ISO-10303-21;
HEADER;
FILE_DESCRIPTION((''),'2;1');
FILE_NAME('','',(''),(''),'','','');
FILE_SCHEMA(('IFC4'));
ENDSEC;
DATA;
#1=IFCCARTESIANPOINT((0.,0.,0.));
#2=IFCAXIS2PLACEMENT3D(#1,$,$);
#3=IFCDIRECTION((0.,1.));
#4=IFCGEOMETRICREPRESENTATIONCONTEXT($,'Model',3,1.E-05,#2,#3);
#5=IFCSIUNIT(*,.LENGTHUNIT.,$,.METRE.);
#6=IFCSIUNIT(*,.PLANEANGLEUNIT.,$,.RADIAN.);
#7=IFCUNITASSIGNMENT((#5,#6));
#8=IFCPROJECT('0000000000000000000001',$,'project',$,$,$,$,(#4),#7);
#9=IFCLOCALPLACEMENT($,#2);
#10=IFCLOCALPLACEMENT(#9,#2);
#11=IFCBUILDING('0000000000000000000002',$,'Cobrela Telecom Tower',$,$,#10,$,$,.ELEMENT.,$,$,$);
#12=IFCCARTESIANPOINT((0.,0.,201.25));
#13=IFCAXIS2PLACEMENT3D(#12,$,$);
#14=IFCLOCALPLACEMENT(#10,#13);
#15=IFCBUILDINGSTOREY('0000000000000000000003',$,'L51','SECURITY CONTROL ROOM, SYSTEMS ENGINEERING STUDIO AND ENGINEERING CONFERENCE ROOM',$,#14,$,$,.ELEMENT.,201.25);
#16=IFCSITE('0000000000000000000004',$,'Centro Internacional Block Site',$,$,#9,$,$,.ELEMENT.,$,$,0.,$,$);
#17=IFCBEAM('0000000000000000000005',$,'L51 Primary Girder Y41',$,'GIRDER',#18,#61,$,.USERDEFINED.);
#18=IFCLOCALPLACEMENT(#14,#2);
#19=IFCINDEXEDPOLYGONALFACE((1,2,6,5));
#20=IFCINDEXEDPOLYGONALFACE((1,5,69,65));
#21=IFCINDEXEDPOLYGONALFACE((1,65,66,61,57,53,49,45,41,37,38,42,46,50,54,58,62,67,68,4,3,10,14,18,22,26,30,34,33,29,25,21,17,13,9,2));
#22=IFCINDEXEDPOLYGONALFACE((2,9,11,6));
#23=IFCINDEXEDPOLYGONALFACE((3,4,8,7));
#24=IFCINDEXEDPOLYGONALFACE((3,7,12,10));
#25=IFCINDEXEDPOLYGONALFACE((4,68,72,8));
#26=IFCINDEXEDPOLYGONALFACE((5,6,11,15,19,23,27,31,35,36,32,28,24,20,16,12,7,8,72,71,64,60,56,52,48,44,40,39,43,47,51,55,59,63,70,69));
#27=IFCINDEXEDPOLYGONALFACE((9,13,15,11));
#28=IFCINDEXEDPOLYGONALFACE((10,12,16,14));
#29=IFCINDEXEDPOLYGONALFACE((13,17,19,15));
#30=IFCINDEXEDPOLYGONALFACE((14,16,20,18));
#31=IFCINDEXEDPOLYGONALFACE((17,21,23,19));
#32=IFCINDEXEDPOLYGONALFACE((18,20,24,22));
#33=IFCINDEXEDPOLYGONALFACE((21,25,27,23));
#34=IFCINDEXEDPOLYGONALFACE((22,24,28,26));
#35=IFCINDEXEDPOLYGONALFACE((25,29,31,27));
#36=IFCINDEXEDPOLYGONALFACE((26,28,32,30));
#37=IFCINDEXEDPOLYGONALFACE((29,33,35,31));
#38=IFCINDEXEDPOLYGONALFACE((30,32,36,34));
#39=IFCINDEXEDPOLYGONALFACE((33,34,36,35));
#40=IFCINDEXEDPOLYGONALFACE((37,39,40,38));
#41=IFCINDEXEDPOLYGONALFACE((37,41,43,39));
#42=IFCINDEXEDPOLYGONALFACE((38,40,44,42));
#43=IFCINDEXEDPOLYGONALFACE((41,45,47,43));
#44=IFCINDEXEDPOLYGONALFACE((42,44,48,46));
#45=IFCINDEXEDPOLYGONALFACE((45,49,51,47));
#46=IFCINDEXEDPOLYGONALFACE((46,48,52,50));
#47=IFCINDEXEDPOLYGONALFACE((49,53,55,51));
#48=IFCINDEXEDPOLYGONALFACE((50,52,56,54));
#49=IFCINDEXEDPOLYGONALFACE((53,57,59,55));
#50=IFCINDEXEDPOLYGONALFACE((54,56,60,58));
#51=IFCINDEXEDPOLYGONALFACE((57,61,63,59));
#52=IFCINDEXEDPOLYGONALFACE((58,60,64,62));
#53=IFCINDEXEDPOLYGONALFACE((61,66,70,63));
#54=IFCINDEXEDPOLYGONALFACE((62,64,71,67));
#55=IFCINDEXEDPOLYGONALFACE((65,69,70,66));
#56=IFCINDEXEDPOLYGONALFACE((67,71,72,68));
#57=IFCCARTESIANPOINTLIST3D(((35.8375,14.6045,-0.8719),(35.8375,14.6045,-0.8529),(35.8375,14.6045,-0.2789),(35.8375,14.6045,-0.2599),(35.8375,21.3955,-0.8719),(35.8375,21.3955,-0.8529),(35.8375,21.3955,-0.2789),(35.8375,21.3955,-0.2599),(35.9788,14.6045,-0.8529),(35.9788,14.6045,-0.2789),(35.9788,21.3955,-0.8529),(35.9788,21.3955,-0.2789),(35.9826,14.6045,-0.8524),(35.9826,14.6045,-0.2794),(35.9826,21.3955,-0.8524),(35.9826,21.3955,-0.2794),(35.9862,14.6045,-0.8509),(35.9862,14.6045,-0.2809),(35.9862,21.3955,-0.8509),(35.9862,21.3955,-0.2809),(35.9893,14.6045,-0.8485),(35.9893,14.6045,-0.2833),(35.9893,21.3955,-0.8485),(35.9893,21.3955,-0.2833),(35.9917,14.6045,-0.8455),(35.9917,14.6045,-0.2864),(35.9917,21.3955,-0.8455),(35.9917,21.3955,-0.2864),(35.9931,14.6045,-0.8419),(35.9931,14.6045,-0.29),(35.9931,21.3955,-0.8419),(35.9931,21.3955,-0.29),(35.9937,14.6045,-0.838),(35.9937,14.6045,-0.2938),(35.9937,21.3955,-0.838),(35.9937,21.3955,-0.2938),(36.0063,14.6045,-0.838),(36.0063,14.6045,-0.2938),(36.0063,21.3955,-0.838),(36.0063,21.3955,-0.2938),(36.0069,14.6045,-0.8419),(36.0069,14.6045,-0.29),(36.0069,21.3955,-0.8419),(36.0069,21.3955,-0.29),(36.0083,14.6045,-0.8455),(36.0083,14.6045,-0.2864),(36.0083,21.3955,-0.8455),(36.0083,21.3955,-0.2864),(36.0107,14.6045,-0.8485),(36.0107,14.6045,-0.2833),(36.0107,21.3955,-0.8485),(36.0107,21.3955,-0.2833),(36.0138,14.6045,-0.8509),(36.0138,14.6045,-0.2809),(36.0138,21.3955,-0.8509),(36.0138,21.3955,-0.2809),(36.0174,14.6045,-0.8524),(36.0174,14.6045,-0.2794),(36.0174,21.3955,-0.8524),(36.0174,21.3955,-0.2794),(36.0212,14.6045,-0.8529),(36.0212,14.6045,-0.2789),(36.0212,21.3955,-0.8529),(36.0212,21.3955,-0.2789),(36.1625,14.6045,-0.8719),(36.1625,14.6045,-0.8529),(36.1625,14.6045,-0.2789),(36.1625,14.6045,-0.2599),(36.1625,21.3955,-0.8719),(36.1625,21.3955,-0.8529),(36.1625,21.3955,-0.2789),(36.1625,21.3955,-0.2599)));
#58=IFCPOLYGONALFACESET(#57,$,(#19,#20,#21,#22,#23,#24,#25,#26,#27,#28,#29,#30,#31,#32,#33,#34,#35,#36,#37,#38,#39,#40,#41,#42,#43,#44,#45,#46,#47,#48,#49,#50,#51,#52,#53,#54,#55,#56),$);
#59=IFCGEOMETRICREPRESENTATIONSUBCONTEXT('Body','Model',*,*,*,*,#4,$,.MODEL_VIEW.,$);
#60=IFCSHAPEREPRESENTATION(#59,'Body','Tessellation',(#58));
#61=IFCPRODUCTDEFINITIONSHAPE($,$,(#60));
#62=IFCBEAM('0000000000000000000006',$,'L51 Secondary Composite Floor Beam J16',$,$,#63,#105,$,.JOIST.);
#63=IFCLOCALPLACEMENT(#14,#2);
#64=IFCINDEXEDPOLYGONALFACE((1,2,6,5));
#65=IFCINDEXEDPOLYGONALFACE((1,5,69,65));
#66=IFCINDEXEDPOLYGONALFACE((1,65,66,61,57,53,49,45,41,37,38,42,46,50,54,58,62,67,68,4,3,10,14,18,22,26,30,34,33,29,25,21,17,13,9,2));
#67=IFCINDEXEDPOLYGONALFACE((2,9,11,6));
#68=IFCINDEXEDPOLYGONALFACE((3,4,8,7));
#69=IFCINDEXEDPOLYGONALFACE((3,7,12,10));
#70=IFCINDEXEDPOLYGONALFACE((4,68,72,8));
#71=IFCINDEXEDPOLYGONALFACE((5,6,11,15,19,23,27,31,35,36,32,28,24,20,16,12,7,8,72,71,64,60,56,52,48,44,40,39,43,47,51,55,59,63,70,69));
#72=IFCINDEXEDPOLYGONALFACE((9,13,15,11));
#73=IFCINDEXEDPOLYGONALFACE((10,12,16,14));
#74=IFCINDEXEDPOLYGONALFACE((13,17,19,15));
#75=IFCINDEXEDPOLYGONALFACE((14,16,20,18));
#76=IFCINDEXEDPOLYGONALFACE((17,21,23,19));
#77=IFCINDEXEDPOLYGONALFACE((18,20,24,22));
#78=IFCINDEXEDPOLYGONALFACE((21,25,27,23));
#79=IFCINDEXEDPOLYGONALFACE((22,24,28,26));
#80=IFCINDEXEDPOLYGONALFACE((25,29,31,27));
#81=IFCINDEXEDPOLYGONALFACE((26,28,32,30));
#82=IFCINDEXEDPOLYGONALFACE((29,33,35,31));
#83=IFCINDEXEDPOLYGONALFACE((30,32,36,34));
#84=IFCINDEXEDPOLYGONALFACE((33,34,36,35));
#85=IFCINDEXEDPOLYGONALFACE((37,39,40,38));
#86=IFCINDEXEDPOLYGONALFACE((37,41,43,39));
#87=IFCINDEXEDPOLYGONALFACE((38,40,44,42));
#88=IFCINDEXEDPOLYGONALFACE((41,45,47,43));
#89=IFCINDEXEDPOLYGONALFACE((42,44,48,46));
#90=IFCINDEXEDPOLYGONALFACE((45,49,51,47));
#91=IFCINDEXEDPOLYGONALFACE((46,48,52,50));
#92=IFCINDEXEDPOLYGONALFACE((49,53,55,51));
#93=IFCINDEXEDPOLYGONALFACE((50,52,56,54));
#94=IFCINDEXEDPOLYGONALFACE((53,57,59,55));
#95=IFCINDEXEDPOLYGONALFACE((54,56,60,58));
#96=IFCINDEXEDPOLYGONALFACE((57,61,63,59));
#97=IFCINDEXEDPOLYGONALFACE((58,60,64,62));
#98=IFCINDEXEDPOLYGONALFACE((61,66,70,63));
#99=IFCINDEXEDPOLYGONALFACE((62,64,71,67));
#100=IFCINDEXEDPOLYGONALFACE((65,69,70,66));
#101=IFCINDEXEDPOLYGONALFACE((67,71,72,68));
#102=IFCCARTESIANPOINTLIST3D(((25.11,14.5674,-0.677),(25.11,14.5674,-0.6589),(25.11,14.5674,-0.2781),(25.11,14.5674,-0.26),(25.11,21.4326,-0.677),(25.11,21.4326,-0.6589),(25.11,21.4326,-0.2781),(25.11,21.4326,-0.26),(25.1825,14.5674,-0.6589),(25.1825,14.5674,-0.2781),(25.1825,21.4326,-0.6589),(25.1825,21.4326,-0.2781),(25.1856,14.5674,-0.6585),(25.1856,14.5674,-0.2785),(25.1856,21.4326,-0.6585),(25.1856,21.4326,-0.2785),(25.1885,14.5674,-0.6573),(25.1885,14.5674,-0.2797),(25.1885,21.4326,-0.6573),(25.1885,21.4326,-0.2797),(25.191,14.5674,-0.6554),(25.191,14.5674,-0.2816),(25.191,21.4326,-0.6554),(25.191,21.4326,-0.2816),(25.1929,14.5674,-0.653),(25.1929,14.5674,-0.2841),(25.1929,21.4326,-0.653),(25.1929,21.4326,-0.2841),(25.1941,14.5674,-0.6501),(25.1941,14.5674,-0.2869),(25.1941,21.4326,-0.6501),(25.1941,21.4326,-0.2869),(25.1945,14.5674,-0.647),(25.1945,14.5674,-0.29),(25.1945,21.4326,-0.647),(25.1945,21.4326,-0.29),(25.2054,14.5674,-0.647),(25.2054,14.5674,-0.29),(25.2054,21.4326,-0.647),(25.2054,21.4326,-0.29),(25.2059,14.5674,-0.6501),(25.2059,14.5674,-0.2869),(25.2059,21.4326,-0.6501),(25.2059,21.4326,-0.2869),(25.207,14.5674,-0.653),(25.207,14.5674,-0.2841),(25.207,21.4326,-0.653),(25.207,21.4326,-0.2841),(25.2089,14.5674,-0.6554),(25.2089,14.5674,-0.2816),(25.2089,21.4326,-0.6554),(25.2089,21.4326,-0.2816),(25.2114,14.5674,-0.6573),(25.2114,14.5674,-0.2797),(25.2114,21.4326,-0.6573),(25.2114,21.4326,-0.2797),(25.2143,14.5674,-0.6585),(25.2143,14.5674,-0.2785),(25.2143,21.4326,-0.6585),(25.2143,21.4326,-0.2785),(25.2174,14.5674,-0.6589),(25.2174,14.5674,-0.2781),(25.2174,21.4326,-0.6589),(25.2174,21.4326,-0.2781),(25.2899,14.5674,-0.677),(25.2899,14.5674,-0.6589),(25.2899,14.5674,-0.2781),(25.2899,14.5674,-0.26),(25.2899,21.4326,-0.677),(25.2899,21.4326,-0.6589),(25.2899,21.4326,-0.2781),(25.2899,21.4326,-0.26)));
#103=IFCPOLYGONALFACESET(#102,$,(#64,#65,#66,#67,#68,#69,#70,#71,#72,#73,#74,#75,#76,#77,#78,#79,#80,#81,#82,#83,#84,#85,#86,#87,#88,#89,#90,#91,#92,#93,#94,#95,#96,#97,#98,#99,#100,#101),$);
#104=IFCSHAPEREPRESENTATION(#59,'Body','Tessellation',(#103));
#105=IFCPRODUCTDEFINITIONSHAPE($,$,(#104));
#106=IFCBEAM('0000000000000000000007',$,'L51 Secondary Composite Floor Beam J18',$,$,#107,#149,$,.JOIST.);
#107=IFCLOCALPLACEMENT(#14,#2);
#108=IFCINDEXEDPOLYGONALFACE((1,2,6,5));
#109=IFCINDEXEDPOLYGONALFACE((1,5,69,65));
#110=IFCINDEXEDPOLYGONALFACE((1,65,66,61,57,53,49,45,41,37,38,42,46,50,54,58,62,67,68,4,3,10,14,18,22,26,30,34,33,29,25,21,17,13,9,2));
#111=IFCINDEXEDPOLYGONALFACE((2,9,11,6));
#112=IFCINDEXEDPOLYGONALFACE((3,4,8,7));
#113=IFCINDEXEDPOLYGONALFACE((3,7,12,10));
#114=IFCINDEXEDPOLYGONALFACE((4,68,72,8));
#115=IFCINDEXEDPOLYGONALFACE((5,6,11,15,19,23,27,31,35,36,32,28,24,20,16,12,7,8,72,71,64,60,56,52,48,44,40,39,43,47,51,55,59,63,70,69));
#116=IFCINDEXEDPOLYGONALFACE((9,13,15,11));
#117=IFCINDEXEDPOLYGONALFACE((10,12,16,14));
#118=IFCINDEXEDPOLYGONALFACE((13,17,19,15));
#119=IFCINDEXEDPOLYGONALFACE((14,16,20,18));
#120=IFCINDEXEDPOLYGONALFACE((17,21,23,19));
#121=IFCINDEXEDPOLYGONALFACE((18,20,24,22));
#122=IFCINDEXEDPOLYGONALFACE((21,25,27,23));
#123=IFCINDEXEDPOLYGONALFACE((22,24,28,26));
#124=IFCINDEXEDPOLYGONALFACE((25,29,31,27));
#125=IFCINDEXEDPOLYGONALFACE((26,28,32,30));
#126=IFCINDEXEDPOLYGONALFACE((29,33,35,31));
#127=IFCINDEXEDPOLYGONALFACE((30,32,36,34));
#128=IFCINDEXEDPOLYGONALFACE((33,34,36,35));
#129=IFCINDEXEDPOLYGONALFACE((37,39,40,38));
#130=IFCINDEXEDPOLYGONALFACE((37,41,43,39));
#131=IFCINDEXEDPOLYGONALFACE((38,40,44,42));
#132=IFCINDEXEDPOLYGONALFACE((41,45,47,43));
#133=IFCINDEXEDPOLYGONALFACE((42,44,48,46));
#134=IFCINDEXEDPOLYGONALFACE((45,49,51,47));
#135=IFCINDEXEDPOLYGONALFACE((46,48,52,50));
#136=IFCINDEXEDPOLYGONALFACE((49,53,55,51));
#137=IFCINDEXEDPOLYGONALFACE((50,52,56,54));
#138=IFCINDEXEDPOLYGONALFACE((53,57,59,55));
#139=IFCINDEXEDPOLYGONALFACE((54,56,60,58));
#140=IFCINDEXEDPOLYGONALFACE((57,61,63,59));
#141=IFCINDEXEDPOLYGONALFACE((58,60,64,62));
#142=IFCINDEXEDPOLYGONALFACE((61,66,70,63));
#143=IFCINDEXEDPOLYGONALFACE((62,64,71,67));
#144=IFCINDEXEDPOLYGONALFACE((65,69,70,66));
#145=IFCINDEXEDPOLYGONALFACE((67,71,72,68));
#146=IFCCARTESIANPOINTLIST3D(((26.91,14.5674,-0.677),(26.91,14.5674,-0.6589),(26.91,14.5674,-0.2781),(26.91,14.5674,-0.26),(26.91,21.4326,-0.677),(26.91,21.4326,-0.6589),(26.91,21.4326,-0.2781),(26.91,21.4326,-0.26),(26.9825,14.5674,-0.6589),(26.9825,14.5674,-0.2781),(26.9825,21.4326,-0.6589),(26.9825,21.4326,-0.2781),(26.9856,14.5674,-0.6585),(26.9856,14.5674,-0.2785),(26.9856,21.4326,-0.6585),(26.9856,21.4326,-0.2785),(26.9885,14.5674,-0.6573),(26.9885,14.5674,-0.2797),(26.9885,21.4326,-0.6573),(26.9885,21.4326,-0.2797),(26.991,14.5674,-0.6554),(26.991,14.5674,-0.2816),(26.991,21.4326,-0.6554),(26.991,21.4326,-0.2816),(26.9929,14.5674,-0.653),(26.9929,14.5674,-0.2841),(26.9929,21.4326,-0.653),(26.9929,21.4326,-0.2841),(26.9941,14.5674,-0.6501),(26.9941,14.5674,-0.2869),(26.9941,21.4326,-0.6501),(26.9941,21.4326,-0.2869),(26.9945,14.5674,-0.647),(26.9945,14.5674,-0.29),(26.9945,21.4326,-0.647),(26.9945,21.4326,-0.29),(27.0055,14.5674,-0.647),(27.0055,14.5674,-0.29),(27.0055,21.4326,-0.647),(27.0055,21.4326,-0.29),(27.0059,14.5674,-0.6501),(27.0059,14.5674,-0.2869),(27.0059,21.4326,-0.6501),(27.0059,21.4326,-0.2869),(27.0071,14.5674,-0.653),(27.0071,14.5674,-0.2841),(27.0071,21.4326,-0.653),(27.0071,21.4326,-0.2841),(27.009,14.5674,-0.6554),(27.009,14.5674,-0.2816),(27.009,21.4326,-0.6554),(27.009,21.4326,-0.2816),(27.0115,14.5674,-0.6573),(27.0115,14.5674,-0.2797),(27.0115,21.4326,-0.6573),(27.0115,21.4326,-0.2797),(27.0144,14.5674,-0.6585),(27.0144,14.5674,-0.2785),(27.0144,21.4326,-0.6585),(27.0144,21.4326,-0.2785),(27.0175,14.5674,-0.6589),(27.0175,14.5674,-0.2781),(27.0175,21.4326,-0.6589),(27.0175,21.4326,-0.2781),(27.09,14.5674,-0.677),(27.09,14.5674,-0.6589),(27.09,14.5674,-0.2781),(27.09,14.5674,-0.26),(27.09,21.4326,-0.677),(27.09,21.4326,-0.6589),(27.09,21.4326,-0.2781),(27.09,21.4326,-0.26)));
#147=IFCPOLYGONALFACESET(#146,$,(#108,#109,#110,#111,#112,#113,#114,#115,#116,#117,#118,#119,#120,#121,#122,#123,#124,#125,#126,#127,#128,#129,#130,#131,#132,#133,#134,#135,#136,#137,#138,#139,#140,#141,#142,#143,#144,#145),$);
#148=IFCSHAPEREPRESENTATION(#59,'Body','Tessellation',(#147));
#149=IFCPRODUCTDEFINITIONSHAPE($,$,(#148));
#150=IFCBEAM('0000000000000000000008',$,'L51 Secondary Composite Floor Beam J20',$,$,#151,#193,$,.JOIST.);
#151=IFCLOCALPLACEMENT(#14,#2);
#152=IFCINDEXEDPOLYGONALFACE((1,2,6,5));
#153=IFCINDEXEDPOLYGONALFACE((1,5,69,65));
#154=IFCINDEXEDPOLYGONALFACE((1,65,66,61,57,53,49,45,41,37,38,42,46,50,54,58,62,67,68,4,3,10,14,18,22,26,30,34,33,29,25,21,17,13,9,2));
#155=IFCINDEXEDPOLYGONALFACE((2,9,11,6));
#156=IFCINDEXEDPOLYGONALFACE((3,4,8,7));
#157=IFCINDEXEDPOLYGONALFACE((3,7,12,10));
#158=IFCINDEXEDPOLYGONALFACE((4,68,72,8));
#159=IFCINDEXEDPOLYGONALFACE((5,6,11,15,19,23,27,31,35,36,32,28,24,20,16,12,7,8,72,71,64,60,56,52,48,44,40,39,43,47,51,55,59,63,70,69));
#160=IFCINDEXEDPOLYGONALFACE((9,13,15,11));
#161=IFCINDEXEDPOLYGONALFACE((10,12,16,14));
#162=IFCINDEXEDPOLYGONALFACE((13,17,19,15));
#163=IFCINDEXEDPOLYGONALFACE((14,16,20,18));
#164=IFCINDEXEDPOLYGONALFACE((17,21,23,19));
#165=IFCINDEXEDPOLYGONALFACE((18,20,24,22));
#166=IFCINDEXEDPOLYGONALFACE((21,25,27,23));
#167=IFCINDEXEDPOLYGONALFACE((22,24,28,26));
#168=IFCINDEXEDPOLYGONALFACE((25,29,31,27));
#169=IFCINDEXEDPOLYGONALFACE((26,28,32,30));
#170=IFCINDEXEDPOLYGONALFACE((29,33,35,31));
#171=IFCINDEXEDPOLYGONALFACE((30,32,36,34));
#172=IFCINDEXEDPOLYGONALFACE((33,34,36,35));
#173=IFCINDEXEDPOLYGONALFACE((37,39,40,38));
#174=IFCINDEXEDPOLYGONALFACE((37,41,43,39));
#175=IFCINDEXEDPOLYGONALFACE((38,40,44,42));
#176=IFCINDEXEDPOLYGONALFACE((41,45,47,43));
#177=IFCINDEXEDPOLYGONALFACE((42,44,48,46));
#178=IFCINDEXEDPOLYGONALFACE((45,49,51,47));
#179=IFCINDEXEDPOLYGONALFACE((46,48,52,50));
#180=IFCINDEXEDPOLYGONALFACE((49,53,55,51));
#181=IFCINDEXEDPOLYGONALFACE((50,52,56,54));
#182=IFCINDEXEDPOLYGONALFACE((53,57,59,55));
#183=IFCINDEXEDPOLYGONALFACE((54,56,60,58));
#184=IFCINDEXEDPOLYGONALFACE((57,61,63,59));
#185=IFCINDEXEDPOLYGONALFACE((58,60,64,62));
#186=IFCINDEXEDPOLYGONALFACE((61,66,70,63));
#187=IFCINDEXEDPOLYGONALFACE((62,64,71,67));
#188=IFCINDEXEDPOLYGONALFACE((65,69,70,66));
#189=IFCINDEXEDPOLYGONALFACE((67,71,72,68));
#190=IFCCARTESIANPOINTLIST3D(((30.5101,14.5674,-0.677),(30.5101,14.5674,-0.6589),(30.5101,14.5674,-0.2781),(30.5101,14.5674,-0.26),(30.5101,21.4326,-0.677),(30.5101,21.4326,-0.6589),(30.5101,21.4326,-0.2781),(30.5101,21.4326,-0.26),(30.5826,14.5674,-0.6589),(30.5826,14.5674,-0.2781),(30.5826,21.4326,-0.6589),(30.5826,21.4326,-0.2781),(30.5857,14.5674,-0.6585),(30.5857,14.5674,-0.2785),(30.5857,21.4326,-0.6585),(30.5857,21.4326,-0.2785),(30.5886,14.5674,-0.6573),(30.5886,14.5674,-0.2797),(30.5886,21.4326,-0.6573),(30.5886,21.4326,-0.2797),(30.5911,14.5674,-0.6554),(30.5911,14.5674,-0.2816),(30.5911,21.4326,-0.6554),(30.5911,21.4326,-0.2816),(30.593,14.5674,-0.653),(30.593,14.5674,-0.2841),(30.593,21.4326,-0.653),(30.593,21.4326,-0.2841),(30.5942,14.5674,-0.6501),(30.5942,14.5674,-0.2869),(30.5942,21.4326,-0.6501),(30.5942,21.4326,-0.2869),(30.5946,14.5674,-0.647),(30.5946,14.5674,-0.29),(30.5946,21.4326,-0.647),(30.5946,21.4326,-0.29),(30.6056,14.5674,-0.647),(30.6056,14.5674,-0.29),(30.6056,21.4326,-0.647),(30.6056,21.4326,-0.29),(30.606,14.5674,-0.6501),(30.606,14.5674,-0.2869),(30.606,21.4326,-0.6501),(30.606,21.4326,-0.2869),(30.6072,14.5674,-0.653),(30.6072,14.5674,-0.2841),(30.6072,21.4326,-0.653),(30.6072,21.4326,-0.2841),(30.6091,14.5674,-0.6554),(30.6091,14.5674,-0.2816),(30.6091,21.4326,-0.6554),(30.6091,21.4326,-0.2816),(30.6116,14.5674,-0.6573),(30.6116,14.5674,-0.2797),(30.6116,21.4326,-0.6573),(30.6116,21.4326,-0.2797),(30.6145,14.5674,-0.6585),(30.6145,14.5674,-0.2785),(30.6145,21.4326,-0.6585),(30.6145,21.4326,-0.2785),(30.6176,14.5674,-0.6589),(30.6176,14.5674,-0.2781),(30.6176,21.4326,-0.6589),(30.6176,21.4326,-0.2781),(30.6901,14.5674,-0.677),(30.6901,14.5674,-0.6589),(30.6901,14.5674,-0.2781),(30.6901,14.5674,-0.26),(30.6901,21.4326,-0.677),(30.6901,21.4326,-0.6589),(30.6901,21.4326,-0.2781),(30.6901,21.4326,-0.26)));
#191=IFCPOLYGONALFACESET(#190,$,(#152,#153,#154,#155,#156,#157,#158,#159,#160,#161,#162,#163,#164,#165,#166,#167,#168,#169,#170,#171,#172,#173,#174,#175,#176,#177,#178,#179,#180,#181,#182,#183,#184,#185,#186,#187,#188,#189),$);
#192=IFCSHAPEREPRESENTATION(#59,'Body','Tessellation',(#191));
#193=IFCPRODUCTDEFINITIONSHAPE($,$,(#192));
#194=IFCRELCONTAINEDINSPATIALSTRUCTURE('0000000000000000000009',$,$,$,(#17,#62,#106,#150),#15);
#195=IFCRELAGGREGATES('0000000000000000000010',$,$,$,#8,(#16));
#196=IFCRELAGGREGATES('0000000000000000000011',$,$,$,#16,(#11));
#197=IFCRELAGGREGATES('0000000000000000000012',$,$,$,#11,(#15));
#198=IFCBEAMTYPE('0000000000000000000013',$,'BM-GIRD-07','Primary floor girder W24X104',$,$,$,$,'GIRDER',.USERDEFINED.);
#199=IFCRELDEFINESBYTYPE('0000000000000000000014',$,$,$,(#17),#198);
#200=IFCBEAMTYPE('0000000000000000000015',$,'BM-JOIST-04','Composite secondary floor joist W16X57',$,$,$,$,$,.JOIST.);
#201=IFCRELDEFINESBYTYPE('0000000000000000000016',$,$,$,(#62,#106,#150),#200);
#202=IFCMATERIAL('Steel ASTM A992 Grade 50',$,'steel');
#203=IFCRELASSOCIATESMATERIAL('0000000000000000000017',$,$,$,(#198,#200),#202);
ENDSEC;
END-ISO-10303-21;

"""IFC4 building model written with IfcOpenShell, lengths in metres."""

from ifc_helpers import new_model, si_unit, direction, frame, origin, origin_2d, place, context, subcontext, project, spatial, i_section, extrude, material, material_profile, profile_set, type_object, element, save


model = new_model("IFC4")

# Units and contexts
model_context = context("Model", 3, precision=1e-05, world=origin(), true_north=direction((0.0, 1.0)))
body_context = subcontext(model_context, "Body", "Model", "MODEL_VIEW")
ifc_project = project(units=[si_unit("LENGTHUNIT", "METRE"), si_unit("PLANEANGLEUNIT", "RADIAN")], contexts=[model_context])

# Site, building, storey
site_placement = place(None, origin())
site = spatial("IfcSite", under=ifc_project, at=site_placement, Name="Centro Internacional Block Site", CompositionType="ELEMENT", RefElevation=0.0)
building_placement = place(site_placement, origin())
building = spatial("IfcBuilding", under=site, at=building_placement, Name="Cobrela Telecom Tower", CompositionType="ELEMENT")
storey_placement = place(building_placement, frame((0.0, 0.0, 201.25)))
storey = spatial("IfcBuildingStorey", under=building, at=storey_placement, Name="L51", Description="SECURITY CONTROL ROOM, SYSTEMS ENGINEERING STUDIO AND ENGINEERING CONFERENCE ROOM", CompositionType="ELEMENT", Elevation=201.25)

# Shared definitions
ifc_material_1 = material(Name="Steel ASTM A992 Grade 50", Category="steel")

# Beams
ifc_material_profile_1 = material_profile(ifc_material_1, i_section(OverallWidth=0.325, OverallDepth=0.6121, WebThickness=0.0127, FlangeThickness=0.019, FilletRadius=0.0149, at=origin_2d()), Name="W24X104")
ifc_profile_set_1 = profile_set([ifc_material_profile_1], Name="Steel ASTM A992 Grade 50")
beam_type_1 = type_object("IfcBeamType", Name="BM-GIRD-07", Description="Primary floor girder W24X104", ElementType="GIRDER", PredefinedType="USERDEFINED", material=ifc_profile_set_1)
for number, where, z_axis, x_axis, name in (
    (1, (36.0, 14.6045, -0.5659), (0.0, 1.0, 0.0), (-1.0, 0.0, 0.0), "L51 Primary Girder Y41"),
):
    element("IfcBeam", number, at=place(storey_placement, frame(where, z_axis=z_axis, x_axis=x_axis)), inside=storey, type_object=beam_type_1, Name=name, ObjectType="GIRDER", PredefinedType="USERDEFINED", context=body_context, shape_type="SweptSolid", body=[
        extrude(i_section(OverallWidth=0.325, OverallDepth=0.6121, WebThickness=0.0127, FlangeThickness=0.019, FilletRadius=0.0149, at=origin_2d()), origin(), (0.0, 0.0, 1.0), 6.791),
    ])
ifc_material_profile_2 = material_profile(ifc_material_1, i_section(OverallWidth=0.1799, OverallDepth=0.417, WebThickness=0.011, FlangeThickness=0.0181, FilletRadius=0.012, at=origin_2d()), Name="W16X57")
ifc_profile_set_2 = profile_set([ifc_material_profile_2], Name="Steel ASTM A992 Grade 50")
beam_type_2 = type_object("IfcBeamType", Name="BM-JOIST-04", Description="Composite secondary floor joist W16X57", PredefinedType="JOIST", material=ifc_profile_set_2)
for number, where, z_axis, x_axis, name in (
    (2, (25.2, 14.5674, -0.4685), (0.0, 1.0, 0.0), (-1.0, 0.0, 0.0), "L51 Secondary Composite Floor Beam J16"),
    (3, (27.0, 14.5674, -0.4685), (0.0, 1.0, 0.0), (-1.0, 0.0, 0.0), "L51 Secondary Composite Floor Beam J18"),
    (4, (30.6001, 14.5674, -0.4685), (0.0, 1.0, 0.0), (-1.0, 0.0, 0.0), "L51 Secondary Composite Floor Beam J20"),
):
    element("IfcBeam", number, at=place(storey_placement, frame(where, z_axis=z_axis, x_axis=x_axis)), inside=storey, type_object=beam_type_2, Name=name, PredefinedType="JOIST", context=body_context, shape_type="SweptSolid", body=[
        extrude(i_section(OverallWidth=0.1799, OverallDepth=0.417, WebThickness=0.011, FlangeThickness=0.0181, FilletRadius=0.012, at=origin_2d()), origin(), (0.0, 0.0, 1.0), 6.8652),
    ])

save(model, "model.ifc")
